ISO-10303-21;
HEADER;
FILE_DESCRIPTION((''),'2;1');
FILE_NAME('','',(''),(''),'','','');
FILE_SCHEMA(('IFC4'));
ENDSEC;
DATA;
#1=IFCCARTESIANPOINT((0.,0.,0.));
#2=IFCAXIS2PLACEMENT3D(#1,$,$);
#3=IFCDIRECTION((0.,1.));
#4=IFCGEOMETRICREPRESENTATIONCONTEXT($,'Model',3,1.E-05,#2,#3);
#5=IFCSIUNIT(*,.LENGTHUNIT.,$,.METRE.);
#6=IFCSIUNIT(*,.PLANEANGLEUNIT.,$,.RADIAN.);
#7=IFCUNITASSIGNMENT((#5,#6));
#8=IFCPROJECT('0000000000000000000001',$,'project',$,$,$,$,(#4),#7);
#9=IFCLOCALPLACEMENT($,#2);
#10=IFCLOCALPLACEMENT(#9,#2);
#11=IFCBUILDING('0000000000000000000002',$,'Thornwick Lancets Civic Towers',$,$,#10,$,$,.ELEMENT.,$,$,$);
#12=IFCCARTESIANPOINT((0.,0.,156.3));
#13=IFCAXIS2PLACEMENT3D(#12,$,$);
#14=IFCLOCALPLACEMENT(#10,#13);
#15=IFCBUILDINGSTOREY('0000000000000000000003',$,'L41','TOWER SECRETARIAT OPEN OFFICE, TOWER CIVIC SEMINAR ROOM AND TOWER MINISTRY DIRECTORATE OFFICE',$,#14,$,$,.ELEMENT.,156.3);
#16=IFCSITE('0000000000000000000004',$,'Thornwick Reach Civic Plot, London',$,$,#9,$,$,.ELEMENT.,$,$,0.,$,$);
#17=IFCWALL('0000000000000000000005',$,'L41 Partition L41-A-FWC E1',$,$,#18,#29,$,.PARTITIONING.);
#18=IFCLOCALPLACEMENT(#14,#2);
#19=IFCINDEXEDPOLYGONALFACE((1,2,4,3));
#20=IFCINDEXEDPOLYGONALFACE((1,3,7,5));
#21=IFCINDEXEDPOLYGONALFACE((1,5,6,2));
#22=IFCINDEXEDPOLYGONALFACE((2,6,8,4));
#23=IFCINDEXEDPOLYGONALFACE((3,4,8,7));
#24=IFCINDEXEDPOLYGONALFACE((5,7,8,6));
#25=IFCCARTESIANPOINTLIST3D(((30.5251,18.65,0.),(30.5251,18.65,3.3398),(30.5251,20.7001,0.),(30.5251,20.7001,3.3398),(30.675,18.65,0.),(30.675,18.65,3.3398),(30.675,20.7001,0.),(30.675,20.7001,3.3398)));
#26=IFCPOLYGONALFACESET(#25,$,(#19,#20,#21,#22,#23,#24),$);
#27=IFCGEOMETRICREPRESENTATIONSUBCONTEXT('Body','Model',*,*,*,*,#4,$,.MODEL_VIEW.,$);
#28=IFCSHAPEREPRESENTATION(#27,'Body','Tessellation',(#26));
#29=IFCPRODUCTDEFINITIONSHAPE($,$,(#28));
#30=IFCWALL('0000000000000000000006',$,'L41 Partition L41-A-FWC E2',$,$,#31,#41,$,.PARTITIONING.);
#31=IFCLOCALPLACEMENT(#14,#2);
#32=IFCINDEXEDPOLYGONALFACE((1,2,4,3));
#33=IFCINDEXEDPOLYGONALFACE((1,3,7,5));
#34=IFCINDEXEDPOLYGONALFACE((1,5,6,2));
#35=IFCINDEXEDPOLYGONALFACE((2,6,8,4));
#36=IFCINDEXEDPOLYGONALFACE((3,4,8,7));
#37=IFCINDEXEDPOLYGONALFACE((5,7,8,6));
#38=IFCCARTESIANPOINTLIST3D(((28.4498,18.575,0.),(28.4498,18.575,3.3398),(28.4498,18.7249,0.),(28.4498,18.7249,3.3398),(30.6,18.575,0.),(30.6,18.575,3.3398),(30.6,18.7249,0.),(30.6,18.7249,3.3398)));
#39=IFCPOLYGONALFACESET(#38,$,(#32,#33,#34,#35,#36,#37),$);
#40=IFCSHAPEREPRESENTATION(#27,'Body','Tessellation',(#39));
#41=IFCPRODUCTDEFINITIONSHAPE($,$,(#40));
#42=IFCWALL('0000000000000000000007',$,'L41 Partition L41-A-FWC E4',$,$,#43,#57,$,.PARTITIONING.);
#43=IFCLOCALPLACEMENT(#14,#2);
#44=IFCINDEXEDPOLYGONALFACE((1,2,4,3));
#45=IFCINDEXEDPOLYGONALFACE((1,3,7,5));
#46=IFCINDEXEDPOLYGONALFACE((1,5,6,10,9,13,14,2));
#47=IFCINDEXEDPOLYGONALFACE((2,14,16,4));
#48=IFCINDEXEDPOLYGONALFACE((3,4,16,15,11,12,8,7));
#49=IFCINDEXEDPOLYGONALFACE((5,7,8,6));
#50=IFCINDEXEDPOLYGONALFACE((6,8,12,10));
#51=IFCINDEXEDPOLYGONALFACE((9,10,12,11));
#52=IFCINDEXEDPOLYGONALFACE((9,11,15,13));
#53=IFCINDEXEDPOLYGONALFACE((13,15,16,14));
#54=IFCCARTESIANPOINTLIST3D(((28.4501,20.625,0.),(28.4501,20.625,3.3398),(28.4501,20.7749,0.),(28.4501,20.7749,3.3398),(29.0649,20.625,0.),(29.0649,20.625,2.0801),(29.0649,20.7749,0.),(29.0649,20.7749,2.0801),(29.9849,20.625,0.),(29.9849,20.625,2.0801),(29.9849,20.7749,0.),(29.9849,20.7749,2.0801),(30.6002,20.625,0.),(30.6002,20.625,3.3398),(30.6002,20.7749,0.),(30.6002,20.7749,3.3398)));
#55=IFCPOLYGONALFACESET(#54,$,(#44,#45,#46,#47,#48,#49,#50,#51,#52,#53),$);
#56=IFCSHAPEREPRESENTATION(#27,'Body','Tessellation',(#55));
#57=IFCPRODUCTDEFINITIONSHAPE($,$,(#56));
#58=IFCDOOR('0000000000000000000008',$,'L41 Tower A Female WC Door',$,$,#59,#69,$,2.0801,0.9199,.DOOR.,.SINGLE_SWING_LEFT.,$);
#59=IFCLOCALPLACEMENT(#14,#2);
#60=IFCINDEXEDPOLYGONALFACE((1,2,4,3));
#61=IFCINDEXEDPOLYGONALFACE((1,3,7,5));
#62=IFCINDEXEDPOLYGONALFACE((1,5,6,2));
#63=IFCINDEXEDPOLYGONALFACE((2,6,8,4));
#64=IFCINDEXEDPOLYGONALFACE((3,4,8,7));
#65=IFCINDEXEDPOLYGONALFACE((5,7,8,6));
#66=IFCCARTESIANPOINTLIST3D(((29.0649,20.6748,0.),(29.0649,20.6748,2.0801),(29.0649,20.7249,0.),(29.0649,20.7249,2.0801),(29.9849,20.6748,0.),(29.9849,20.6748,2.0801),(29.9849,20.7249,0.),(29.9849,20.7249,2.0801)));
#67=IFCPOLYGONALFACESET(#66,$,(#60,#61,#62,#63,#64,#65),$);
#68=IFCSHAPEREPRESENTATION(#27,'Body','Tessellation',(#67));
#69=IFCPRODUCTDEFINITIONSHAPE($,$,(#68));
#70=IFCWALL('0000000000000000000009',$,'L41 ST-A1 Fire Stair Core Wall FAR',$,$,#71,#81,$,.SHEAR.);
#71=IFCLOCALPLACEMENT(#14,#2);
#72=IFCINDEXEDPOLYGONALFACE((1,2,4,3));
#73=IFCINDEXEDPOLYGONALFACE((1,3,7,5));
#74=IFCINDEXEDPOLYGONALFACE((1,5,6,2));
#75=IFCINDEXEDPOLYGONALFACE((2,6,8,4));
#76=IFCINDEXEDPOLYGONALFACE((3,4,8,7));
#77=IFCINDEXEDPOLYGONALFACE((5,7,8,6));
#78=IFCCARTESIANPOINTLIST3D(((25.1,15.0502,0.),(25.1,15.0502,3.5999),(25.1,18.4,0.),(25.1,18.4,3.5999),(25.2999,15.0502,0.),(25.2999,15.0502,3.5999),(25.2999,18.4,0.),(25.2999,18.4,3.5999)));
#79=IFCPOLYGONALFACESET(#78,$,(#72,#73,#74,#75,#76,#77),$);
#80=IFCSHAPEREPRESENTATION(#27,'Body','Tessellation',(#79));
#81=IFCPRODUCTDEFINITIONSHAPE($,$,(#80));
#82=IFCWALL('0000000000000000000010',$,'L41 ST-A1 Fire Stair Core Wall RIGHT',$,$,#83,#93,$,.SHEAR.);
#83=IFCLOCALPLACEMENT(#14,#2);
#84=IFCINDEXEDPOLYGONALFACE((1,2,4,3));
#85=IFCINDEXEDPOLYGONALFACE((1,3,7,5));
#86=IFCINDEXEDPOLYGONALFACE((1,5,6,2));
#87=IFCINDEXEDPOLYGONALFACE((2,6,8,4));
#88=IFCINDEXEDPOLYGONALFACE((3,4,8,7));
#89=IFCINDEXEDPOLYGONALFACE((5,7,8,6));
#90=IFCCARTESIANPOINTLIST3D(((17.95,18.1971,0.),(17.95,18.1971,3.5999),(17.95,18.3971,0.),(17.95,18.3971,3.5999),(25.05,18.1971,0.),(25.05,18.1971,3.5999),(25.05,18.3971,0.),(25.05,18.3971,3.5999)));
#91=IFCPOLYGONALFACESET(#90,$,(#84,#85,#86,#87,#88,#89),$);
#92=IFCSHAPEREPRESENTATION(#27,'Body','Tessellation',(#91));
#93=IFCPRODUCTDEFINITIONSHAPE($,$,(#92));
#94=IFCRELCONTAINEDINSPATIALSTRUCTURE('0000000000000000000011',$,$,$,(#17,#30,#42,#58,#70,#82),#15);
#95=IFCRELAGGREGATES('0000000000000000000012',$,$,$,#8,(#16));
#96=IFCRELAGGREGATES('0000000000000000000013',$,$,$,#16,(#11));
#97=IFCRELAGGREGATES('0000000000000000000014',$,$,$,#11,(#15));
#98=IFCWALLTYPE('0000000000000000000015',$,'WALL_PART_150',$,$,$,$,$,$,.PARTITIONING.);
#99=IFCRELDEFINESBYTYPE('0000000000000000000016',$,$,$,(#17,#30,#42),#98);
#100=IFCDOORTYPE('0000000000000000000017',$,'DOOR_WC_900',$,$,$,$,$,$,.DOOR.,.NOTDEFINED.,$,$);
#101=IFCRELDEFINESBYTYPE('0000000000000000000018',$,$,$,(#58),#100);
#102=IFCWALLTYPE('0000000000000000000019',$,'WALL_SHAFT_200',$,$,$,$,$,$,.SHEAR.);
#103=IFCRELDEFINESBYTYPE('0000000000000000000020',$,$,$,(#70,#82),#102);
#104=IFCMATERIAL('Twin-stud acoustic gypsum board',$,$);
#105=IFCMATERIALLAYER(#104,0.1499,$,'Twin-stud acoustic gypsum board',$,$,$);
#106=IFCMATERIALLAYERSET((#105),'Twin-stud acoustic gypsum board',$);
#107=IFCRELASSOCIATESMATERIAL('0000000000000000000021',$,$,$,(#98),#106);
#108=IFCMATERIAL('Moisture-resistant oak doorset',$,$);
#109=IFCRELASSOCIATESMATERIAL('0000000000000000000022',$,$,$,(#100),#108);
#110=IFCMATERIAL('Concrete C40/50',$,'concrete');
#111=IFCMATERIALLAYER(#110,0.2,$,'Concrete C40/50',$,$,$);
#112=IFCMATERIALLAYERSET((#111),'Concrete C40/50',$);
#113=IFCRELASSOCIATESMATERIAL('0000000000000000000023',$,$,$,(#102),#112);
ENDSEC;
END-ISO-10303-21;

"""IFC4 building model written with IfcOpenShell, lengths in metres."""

from ifc_helpers import new_model, si_unit, direction, frame, frame_2d, origin, place, context, subcontext, project, spatial, rectangle, extrude, material, layer, layer_set, type_object, element, fill, save


model = new_model("IFC4")

# Units and contexts
model_context = context("Model", 3, precision=1e-05, world=origin(), true_north=direction((0.0, 1.0)))
body_context = subcontext(model_context, "Body", "Model", "MODEL_VIEW")
ifc_project = project(units=[si_unit("LENGTHUNIT", "METRE"), si_unit("PLANEANGLEUNIT", "RADIAN")], contexts=[model_context])

# Site, building, storey
site_placement = place(None, origin())
site = spatial("IfcSite", under=ifc_project, at=site_placement, Name="Thornwick Reach Civic Plot, London", CompositionType="ELEMENT", RefElevation=0.0)
building_placement = place(site_placement, origin())
building = spatial("IfcBuilding", under=site, at=building_placement, Name="Thornwick Lancets Civic Towers", CompositionType="ELEMENT")
storey_placement = place(building_placement, frame((0.0, 0.0, 156.3)))
storey = spatial("IfcBuildingStorey", under=building, at=storey_placement, Name="L41", Description="TOWER SECRETARIAT OPEN OFFICE, TOWER CIVIC SEMINAR ROOM AND TOWER MINISTRY DIRECTORATE OFFICE", CompositionType="ELEMENT", Elevation=156.3)

# Walls
ifc_material_1 = material(Name="Twin-stud acoustic gypsum board")
ifc_layer_1 = layer(ifc_material_1, 0.1499, Name="Twin-stud acoustic gypsum board")
ifc_layer_set_1 = layer_set([ifc_layer_1], Name="Twin-stud acoustic gypsum board")
wall_type_1 = type_object("IfcWallType", Name="WALL_PART_150", PredefinedType="PARTITIONING", material=ifc_layer_set_1)
wall_1_placement = place(storey_placement, frame((30.6001, 20.7, 0.0), z_axis=(0.0, 0.0, 1.0), x_axis=(0.0, -1.0, 0.0)))
element("IfcWall", 1, at=wall_1_placement, inside=storey, type_object=wall_type_1, Name="L41 Partition L41-A-FWC E1", PredefinedType="PARTITIONING", context=body_context, shape_type="SweptSolid", body=[
    extrude(rectangle(XDim=2.05, YDim=0.1499, at=frame_2d((1.0249, 0.0))), origin(), (0.0, 0.0, 1.0), 3.3398),
])
wall_2_placement = place(storey_placement, frame((30.6001, 18.6499, 0.0), z_axis=(0.0, 0.0, 1.0), x_axis=(-1.0, 0.0, 0.0)))
element("IfcWall", 2, at=wall_2_placement, inside=storey, type_object=wall_type_1, Name="L41 Partition L41-A-FWC E2", PredefinedType="PARTITIONING", context=body_context, shape_type="SweptSolid", body=[
    extrude(rectangle(XDim=2.1501, YDim=0.1499, at=frame_2d((1.0752, 0.0))), origin(), (0.0, 0.0, 1.0), 3.3398),
])

# Wall, opening, door
wall_3_placement = place(storey_placement, frame((28.45, 20.7, 0.0), z_axis=(0.0, 0.0, 1.0), x_axis=(1.0, 0.0, 0.0)))
wall_3 = element("IfcWall", 3, at=wall_3_placement, inside=storey, type_object=wall_type_1, Name="L41 Partition L41-A-FWC E4", PredefinedType="PARTITIONING", context=body_context, shape_type="SweptSolid", body=[
    extrude(rectangle(XDim=2.1501, YDim=0.1499, at=frame_2d((1.0752, 0.0))), origin(), (0.0, 0.0, 1.0), 3.3398),
])
opening_1_placement = place(wall_3_placement, frame((0.615, 0.0, 0.0)))
opening_1 = element("IfcOpeningElement", 4, at=opening_1_placement, cuts=wall_3, PredefinedType="OPENING", context=body_context, shape_type="SweptSolid", body=[
    extrude(rectangle(XDim=0.9199, YDim=2.0801, at=frame_2d((0.46, 1.04))), frame((0.0, 0.085, 0.0), z_axis=(0.0, -1.0, 0.0), x_axis=(1.0, 0.0, 0.0)), (0.0, 0.0, 1.0), 0.1699),
])
ifc_material_2 = material(Name="Moisture-resistant oak doorset")
door_type_1 = type_object("IfcDoorType", Name="DOOR_WC_900", OperationType="NOTDEFINED", PredefinedType="DOOR", material=ifc_material_2)
door_1_placement = place(opening_1_placement, origin())
door_1 = element("IfcDoor", 5, at=door_1_placement, inside=storey, type_object=door_type_1, Name="L41 Tower A Female WC Door", OperationType="SINGLE_SWING_LEFT", OverallHeight=2.0801, OverallWidth=0.9199, PredefinedType="DOOR", context=body_context, shape_type="SweptSolid", body=[
    extrude(rectangle(XDim=0.9199, YDim=2.0801, at=frame_2d((0.46, 1.04))), frame((0.0, 0.0249, 0.0), z_axis=(0.0, -1.0, 0.0), x_axis=(1.0, 0.0, 0.0)), (0.0, 0.0, 1.0), 0.05),
])
fill(opening_1, door_1)

# Walls
ifc_material_3 = material(Name="Concrete C40/50", Category="concrete")
ifc_layer_2 = layer(ifc_material_3, 0.2, Name="Concrete C40/50")
ifc_layer_set_2 = layer_set([ifc_layer_2], Name="Concrete C40/50")
wall_type_2 = type_object("IfcWallType", Name="WALL_SHAFT_200", PredefinedType="SHEAR", material=ifc_layer_set_2)
wall_4_placement = place(storey_placement, frame((25.2, 18.3999, 0.0), z_axis=(0.0, 0.0, 1.0), x_axis=(0.0, -1.0, 0.0)))
element("IfcWall", 6, at=wall_4_placement, inside=storey, type_object=wall_type_2, Name="L41 ST-A1 Fire Stair Core Wall FAR", PredefinedType="SHEAR", context=body_context, shape_type="SweptSolid", body=[
    extrude(rectangle(XDim=3.3499, YDim=0.2, at=frame_2d((1.6748, 0.0))), origin(), (0.0, 0.0, 1.0), 3.5999),
])
wall_5_placement = place(storey_placement, frame((25.05, 18.2971, 0.0), z_axis=(0.0, 0.0, 1.0), x_axis=(-1.0, 0.0, 0.0)))
element("IfcWall", 7, at=wall_5_placement, inside=storey, type_object=wall_type_2, Name="L41 ST-A1 Fire Stair Core Wall RIGHT", PredefinedType="SHEAR", context=body_context, shape_type="SweptSolid", body=[
    extrude(rectangle(XDim=7.1001, YDim=0.2, at=frame_2d((3.55, 0.0))), origin(), (0.0, 0.0, 1.0), 3.5999),
])

save(model, "model.ifc")
